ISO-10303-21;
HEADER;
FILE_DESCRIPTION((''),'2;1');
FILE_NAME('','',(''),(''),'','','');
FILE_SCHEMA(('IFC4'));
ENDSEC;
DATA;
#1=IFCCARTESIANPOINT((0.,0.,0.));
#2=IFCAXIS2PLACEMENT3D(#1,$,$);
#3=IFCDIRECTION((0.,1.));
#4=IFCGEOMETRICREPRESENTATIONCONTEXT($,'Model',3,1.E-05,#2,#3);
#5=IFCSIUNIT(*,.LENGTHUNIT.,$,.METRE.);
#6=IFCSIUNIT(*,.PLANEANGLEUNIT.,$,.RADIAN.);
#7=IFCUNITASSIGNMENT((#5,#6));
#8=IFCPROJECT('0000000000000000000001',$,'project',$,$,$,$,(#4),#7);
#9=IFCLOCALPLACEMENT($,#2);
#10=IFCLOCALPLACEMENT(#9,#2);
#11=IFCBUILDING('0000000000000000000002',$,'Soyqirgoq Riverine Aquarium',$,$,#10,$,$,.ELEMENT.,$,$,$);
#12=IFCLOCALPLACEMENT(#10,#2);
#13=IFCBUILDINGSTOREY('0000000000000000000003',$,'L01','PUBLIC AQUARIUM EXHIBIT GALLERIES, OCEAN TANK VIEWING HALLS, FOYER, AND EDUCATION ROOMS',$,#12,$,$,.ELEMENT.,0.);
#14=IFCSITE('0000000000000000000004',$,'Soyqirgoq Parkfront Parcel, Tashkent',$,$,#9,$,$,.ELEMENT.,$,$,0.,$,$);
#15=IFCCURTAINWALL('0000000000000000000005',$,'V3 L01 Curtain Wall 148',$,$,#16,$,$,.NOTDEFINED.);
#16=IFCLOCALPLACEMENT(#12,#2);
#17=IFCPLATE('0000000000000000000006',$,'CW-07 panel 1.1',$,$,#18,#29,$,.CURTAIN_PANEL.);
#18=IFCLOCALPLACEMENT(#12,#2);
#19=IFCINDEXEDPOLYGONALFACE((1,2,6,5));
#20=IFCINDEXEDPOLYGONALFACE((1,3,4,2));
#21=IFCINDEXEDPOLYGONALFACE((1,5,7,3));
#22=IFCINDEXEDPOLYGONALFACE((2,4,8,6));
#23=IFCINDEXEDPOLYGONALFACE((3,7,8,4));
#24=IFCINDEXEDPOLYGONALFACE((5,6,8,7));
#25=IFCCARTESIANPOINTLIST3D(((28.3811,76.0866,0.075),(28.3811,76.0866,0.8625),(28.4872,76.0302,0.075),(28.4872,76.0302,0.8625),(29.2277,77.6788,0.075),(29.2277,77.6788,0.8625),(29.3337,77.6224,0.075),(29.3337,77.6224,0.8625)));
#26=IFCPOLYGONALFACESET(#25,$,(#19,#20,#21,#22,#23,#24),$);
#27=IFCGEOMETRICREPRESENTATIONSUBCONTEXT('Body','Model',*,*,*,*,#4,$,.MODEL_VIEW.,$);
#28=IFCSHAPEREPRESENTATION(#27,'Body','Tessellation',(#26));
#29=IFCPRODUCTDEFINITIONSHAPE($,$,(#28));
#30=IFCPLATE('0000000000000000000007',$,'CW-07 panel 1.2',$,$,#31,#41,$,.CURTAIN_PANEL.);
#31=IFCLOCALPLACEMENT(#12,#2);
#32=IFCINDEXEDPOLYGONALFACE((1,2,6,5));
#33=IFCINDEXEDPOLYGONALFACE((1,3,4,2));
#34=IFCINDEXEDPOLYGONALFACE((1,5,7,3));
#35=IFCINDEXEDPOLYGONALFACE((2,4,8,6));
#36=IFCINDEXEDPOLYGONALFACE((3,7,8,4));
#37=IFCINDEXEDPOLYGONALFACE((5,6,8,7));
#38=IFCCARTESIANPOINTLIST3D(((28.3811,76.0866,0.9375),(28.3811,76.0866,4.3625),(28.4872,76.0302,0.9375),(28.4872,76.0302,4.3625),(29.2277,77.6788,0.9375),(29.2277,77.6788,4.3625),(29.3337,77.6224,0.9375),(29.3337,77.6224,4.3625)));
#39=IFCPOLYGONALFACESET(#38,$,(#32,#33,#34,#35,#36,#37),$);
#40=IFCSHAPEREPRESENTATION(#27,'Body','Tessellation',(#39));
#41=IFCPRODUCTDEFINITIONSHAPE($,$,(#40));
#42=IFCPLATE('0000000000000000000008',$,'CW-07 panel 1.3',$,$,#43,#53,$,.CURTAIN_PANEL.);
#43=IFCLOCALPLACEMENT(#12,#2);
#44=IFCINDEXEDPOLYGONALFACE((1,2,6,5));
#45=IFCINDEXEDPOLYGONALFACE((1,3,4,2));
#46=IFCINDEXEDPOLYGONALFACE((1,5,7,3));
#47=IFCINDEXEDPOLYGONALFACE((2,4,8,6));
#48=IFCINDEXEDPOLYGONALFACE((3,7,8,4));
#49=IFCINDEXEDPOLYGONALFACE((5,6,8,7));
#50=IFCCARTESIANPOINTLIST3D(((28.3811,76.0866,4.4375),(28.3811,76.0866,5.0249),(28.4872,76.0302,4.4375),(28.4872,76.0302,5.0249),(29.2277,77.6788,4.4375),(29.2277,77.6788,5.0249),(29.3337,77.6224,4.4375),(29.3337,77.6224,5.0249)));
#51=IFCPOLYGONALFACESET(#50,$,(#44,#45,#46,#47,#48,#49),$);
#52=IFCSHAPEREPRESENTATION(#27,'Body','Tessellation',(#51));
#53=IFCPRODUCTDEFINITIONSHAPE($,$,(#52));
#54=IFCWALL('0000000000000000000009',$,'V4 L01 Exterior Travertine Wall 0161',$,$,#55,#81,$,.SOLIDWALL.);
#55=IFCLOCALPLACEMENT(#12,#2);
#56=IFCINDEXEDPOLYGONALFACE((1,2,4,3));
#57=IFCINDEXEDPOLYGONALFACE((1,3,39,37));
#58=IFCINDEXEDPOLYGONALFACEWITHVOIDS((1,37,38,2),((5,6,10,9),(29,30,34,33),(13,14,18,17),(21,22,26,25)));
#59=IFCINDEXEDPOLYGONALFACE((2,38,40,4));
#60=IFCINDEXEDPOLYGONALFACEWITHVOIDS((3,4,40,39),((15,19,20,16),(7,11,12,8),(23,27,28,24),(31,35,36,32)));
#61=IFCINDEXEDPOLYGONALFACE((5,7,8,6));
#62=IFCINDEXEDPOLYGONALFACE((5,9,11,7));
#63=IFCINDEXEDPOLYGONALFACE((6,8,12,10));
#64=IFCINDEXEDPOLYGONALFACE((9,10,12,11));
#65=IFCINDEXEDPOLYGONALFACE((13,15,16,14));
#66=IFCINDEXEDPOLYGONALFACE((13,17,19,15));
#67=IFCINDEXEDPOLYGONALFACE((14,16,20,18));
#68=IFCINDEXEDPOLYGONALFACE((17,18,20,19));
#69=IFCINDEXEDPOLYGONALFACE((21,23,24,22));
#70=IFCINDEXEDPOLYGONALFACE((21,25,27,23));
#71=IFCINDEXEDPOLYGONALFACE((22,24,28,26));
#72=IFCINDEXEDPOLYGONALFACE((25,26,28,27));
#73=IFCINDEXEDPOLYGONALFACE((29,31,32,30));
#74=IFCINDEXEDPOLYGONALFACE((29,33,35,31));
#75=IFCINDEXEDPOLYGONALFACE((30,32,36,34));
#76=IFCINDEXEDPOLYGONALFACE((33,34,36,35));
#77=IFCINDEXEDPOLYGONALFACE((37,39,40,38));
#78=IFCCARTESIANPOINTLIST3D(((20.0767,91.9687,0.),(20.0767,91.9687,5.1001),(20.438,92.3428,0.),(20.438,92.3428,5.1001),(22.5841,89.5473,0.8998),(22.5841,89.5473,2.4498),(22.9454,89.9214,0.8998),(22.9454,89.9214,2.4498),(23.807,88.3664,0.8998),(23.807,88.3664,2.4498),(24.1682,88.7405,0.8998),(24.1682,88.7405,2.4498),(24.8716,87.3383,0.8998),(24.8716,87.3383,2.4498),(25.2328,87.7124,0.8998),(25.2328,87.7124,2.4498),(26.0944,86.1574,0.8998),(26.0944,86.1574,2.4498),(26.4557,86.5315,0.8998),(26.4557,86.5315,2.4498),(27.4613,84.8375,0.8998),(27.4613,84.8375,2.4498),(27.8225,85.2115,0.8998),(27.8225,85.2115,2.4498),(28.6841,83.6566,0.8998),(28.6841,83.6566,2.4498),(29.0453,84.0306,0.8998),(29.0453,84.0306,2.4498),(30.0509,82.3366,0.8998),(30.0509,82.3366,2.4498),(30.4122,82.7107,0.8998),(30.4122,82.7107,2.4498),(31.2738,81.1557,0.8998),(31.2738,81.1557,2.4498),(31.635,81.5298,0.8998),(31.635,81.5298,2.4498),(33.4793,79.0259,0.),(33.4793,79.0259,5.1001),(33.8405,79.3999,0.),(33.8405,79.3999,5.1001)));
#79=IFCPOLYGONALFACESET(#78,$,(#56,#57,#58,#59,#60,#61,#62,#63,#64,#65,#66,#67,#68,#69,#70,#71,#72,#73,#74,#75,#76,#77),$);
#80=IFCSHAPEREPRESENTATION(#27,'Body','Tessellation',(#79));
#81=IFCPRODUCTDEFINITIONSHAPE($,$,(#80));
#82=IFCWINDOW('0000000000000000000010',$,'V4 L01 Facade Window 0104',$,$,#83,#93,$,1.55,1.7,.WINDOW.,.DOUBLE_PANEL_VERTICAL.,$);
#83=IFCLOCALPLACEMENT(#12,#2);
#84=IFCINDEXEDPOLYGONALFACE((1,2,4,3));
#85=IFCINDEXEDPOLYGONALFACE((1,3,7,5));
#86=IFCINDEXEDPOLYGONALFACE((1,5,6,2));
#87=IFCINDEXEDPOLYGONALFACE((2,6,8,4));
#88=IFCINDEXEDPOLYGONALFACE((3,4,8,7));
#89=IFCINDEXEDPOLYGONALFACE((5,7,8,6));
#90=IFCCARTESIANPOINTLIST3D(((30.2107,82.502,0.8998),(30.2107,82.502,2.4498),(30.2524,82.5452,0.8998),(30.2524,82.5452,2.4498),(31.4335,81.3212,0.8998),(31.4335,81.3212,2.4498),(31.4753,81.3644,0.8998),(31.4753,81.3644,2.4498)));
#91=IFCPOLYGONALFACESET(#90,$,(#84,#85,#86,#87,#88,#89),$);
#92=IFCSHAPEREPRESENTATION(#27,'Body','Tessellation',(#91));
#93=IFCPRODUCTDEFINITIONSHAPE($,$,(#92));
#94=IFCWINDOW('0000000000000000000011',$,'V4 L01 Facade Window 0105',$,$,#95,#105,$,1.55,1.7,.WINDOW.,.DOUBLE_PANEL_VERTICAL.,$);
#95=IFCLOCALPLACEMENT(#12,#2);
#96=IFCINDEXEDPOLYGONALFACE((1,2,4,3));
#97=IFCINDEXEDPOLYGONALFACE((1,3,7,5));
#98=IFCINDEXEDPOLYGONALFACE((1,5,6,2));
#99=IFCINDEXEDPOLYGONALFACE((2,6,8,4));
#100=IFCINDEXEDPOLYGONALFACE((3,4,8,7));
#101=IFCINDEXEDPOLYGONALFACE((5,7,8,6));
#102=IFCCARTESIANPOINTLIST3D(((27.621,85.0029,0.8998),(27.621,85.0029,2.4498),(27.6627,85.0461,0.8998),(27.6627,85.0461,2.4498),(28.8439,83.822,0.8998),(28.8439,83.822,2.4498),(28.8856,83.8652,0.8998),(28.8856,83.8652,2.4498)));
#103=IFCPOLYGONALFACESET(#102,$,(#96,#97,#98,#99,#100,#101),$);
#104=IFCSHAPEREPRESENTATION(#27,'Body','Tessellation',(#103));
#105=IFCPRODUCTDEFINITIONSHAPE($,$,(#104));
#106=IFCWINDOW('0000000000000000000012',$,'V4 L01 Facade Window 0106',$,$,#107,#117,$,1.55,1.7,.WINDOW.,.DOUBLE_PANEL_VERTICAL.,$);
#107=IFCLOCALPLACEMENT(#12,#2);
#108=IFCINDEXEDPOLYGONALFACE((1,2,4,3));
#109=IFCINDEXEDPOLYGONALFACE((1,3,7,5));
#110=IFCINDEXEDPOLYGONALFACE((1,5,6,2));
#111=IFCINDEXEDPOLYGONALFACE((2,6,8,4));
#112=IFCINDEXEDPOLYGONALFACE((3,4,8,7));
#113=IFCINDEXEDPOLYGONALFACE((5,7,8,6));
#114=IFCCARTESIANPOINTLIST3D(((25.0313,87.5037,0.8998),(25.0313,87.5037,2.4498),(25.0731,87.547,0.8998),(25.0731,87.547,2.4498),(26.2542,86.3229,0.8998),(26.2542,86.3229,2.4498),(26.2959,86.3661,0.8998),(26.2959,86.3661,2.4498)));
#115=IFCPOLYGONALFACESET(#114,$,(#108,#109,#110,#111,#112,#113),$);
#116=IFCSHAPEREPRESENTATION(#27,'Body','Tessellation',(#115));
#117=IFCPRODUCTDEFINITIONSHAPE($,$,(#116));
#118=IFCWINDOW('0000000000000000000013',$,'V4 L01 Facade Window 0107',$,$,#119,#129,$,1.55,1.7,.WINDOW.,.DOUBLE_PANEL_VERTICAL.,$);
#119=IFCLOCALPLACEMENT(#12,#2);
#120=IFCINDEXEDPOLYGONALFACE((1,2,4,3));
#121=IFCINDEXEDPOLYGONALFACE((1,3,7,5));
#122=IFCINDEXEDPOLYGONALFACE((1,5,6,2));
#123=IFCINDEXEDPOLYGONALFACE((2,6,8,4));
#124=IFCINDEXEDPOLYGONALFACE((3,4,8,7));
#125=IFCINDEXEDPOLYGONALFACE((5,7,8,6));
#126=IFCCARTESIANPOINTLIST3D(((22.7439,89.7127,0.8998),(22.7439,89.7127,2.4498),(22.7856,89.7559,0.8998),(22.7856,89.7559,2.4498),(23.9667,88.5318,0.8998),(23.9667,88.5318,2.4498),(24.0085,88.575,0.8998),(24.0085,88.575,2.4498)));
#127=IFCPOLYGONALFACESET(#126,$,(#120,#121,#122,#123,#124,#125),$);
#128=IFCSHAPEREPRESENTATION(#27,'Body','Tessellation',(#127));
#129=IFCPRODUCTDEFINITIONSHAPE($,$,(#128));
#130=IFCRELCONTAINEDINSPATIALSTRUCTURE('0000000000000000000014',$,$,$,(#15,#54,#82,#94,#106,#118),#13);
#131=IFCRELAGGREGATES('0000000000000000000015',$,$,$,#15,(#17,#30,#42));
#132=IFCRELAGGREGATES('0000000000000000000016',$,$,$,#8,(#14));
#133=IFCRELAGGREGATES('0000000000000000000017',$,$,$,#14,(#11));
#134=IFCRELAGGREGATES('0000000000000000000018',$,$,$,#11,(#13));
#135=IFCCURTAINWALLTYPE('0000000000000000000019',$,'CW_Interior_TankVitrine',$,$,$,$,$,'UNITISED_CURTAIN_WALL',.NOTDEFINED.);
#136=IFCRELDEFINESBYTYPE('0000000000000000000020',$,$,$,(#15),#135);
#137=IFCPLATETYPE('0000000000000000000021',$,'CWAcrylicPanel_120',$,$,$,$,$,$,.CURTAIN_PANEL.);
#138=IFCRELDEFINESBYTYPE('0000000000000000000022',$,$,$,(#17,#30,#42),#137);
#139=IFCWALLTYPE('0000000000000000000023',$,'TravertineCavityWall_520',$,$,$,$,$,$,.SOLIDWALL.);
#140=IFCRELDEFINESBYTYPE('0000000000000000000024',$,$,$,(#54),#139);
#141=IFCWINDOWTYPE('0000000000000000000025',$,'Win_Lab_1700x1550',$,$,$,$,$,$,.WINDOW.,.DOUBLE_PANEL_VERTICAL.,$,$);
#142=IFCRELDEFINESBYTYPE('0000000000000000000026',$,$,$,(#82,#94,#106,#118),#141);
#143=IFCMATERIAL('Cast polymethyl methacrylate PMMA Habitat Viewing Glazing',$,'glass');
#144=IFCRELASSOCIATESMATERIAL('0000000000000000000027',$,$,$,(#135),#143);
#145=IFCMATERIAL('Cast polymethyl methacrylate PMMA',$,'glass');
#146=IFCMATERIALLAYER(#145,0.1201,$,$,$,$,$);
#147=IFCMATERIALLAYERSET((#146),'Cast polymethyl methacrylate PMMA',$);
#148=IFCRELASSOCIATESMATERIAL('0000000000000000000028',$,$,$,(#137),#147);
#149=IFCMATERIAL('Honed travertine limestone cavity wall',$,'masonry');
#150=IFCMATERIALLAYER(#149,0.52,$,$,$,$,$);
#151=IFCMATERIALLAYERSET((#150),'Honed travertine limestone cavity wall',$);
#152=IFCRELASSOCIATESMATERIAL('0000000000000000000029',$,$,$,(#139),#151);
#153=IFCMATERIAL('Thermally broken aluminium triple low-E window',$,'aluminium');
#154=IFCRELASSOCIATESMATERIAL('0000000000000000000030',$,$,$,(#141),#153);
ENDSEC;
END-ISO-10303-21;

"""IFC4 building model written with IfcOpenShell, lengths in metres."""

from ifc_helpers import new_model, si_unit, direction, frame, frame_2d, origin, origin_2d, place, context, subcontext, project, spatial, rectangle, extrude, material, layer, layer_set, type_object, element, fill, aggregate, save


model = new_model("IFC4")

# Units and contexts
model_context = context("Model", 3, precision=1e-05, world=origin(), true_north=direction((0.0, 1.0)))
body_context = subcontext(model_context, "Body", "Model", "MODEL_VIEW")
ifc_project = project(units=[si_unit("LENGTHUNIT", "METRE"), si_unit("PLANEANGLEUNIT", "RADIAN")], contexts=[model_context])

# Site, building, storey
site_placement = place(None, origin())
site = spatial("IfcSite", under=ifc_project, at=site_placement, Name="Soyqirgoq Parkfront Parcel, Tashkent", CompositionType="ELEMENT", RefElevation=0.0)
building_placement = place(site_placement, origin())
building = spatial("IfcBuilding", under=site, at=building_placement, Name="Soyqirgoq Riverine Aquarium", CompositionType="ELEMENT")
storey_placement = place(building_placement, origin())
storey = spatial("IfcBuildingStorey", under=building, at=storey_placement, Name="L01", Description="PUBLIC AQUARIUM EXHIBIT GALLERIES, OCEAN TANK VIEWING HALLS, FOYER, AND EDUCATION ROOMS", CompositionType="ELEMENT", Elevation=0.0)

# Curtain wall
ifc_material_1 = material(Name="Cast polymethyl methacrylate PMMA Habitat Viewing Glazing", Category="glass")
curtain_wall_type = type_object("IfcCurtainWallType", Name="CW_Interior_TankVitrine", ElementType="UNITISED_CURTAIN_WALL", PredefinedType="NOTDEFINED", material=ifc_material_1)
curtain_wall_placement = place(storey_placement, origin())
curtain_wall = element("IfcCurtainWall", 1, at=curtain_wall_placement, inside=storey, type_object=curtain_wall_type, Name="V3 L01 Curtain Wall 148", PredefinedType="NOTDEFINED")

# Plates
ifc_material_2 = material(Name="Cast polymethyl methacrylate PMMA", Category="glass")
ifc_layer_1 = layer(ifc_material_2, 0.1201)
ifc_layer_set_1 = layer_set([ifc_layer_1], Name="Cast polymethyl methacrylate PMMA")
plate_type = type_object("IfcPlateType", Name="CWAcrylicPanel_120", PredefinedType="CURTAIN_PANEL", material=ifc_layer_set_1)
plate_1_placement = place(storey_placement, frame((28.8574, 76.8545, 0.075), z_axis=(0.0, 0.0, 1.0), x_axis=(-0.469475, -0.882946, 0.0)))
plate_1 = element("IfcPlate", 2, at=plate_1_placement, type_object=plate_type, Name="CW-07 panel 1.1", PredefinedType="CURTAIN_PANEL", context=body_context, shape_type="SweptSolid", body=[
    extrude(rectangle(XDim=1.8032, YDim=0.1201, at=origin_2d()), origin(), (0.0, 0.0, 1.0), 0.7876),
])
plate_2_placement = place(storey_placement, frame((28.8574, 76.8545, 0.9375), z_axis=(0.0, 0.0, 1.0), x_axis=(-0.469475, -0.882946, 0.0)))
plate_2 = element("IfcPlate", 3, at=plate_2_placement, type_object=plate_type, Name="CW-07 panel 1.2", PredefinedType="CURTAIN_PANEL", context=body_context, shape_type="SweptSolid", body=[
    extrude(rectangle(XDim=1.8032, YDim=0.1201, at=origin_2d()), origin(), (0.0, 0.0, 1.0), 3.425),
])
plate_3_placement = place(storey_placement, frame((28.8574, 76.8545, 4.4375), z_axis=(0.0, 0.0, 1.0), x_axis=(-0.469475, -0.882946, 0.0)))
plate_3 = element("IfcPlate", 4, at=plate_3_placement, type_object=plate_type, Name="CW-07 panel 1.3", PredefinedType="CURTAIN_PANEL", context=body_context, shape_type="SweptSolid", body=[
    extrude(rectangle(XDim=1.8032, YDim=0.1201, at=origin_2d()), origin(), (0.0, 0.0, 1.0), 0.5874),
])
aggregate(curtain_wall, [plate_1, plate_2, plate_3])

# Wall, openings, windows
ifc_material_3 = material(Name="Honed travertine limestone cavity wall", Category="masonry")
ifc_layer_2 = layer(ifc_material_3, 0.52)
ifc_layer_set_2 = layer_set([ifc_layer_2], Name="Honed travertine limestone cavity wall")
wall_type = type_object("IfcWallType", Name="TravertineCavityWall_520", PredefinedType="SOLIDWALL", material=ifc_layer_set_2)
wall_placement = place(storey_placement, frame((33.6599, 79.2129, 0.0), z_axis=(0.0, 0.0, 1.0), x_axis=(-0.719336, 0.694662, 0.0)))
wall = element("IfcWall", 5, at=wall_placement, inside=storey, type_object=wall_type, Name="V4 L01 Exterior Travertine Wall 0161", PredefinedType="SOLIDWALL", context=body_context, shape_type="SweptSolid", body=[
    extrude(rectangle(XDim=18.6318, YDim=0.52, at=frame_2d((9.3159, 0.0))), origin(), (0.0, 0.0, 1.0), 5.1001),
])
opening_1_placement = place(wall_placement, frame((3.0659, 0.0, 0.8999)))
opening_1 = element("IfcOpeningElement", 6, at=opening_1_placement, cuts=wall, PredefinedType="OPENING", context=body_context, shape_type="SweptSolid", body=[
    extrude(rectangle(XDim=1.7, YDim=1.55, at=frame_2d((0.8501, 0.7749))), frame((0.0, 0.27, 0.0), z_axis=(0.0, -1.0, 0.0), x_axis=(1.0, 0.0, 0.0)), (0.0, 0.0, 1.0), 0.54),
])
opening_2_placement = place(wall_placement, frame((6.666, 0.0, 0.8999)))
opening_2 = element("IfcOpeningElement", 7, at=opening_2_placement, cuts=wall, PredefinedType="OPENING", context=body_context, shape_type="SweptSolid", body=[
    extrude(rectangle(XDim=1.7, YDim=1.55, at=frame_2d((0.8501, 0.7749))), frame((0.0, 0.27, 0.0), z_axis=(0.0, -1.0, 0.0), x_axis=(1.0, 0.0, 0.0)), (0.0, 0.0, 1.0), 0.54),
])
opening_3_placement = place(wall_placement, frame((10.2661, 0.0, 0.8999)))
opening_3 = element("IfcOpeningElement", 8, at=opening_3_placement, cuts=wall, PredefinedType="OPENING", context=body_context, shape_type="SweptSolid", body=[
    extrude(rectangle(XDim=1.7, YDim=1.55, at=frame_2d((0.8501, 0.7749))), frame((0.0, 0.27, 0.0), z_axis=(0.0, -1.0, 0.0), x_axis=(1.0, 0.0, 0.0)), (0.0, 0.0, 1.0), 0.54),
])
opening_4_placement = place(wall_placement, frame((13.446, 0.0, 0.8999)))
opening_4 = element("IfcOpeningElement", 9, at=opening_4_placement, cuts=wall, PredefinedType="OPENING", context=body_context, shape_type="SweptSolid", body=[
    extrude(rectangle(XDim=1.7, YDim=1.55, at=frame_2d((0.8501, 0.7749))), frame((0.0, 0.27, 0.0), z_axis=(0.0, -1.0, 0.0), x_axis=(1.0, 0.0, 0.0)), (0.0, 0.0, 1.0), 0.54),
])
ifc_material_4 = material(Name="Thermally broken aluminium triple low-E window", Category="aluminium")
window_type = type_object("IfcWindowType", Name="Win_Lab_1700x1550", PartitioningType="DOUBLE_PANEL_VERTICAL", PredefinedType="WINDOW", material=ifc_material_4)
window_1_placement = place(opening_1_placement, origin())
window_1 = element("IfcWindow", 10, at=window_1_placement, inside=storey, type_object=window_type, Name="V4 L01 Facade Window 0104", OverallHeight=1.55, OverallWidth=1.7, PartitioningType="DOUBLE_PANEL_VERTICAL", PredefinedType="WINDOW", context=body_context, shape_type="SweptSolid", body=[
    extrude(rectangle(XDim=1.7, YDim=1.55, at=frame_2d((0.8501, 0.7749))), frame((0.0, 0.03, 0.0), z_axis=(0.0, -1.0, 0.0), x_axis=(1.0, 0.0, 0.0)), (0.0, 0.0, 1.0), 0.0601),
])
fill(opening_1, window_1)
window_2_placement = place(opening_2_placement, origin())
window_2 = element("IfcWindow", 11, at=window_2_placement, inside=storey, type_object=window_type, Name="V4 L01 Facade Window 0105", OverallHeight=1.55, OverallWidth=1.7, PartitioningType="DOUBLE_PANEL_VERTICAL", PredefinedType="WINDOW", context=body_context, shape_type="SweptSolid", body=[
    extrude(rectangle(XDim=1.7, YDim=1.55, at=frame_2d((0.8501, 0.7749))), frame((0.0, 0.03, 0.0), z_axis=(0.0, -1.0, 0.0), x_axis=(1.0, 0.0, 0.0)), (0.0, 0.0, 1.0), 0.0601),
])
fill(opening_2, window_2)
window_3_placement = place(opening_3_placement, origin())
window_3 = element("IfcWindow", 12, at=window_3_placement, inside=storey, type_object=window_type, Name="V4 L01 Facade Window 0106", OverallHeight=1.55, OverallWidth=1.7, PartitioningType="DOUBLE_PANEL_VERTICAL", PredefinedType="WINDOW", context=body_context, shape_type="SweptSolid", body=[
    extrude(rectangle(XDim=1.7, YDim=1.55, at=frame_2d((0.8501, 0.7749))), frame((0.0, 0.03, 0.0), z_axis=(0.0, -1.0, 0.0), x_axis=(1.0, 0.0, 0.0)), (0.0, 0.0, 1.0), 0.0601),
])
fill(opening_3, window_3)
window_4_placement = place(opening_4_placement, origin())
window_4 = element("IfcWindow", 13, at=window_4_placement, inside=storey, type_object=window_type, Name="V4 L01 Facade Window 0107", OverallHeight=1.55, OverallWidth=1.7, PartitioningType="DOUBLE_PANEL_VERTICAL", PredefinedType="WINDOW", context=body_context, shape_type="SweptSolid", body=[
    extrude(rectangle(XDim=1.7, YDim=1.55, at=frame_2d((0.8501, 0.7749))), frame((0.0, 0.03, 0.0), z_axis=(0.0, -1.0, 0.0), x_axis=(1.0, 0.0, 0.0)), (0.0, 0.0, 1.0), 0.0601),
])
fill(opening_4, window_4)

save(model, "model.ifc")
